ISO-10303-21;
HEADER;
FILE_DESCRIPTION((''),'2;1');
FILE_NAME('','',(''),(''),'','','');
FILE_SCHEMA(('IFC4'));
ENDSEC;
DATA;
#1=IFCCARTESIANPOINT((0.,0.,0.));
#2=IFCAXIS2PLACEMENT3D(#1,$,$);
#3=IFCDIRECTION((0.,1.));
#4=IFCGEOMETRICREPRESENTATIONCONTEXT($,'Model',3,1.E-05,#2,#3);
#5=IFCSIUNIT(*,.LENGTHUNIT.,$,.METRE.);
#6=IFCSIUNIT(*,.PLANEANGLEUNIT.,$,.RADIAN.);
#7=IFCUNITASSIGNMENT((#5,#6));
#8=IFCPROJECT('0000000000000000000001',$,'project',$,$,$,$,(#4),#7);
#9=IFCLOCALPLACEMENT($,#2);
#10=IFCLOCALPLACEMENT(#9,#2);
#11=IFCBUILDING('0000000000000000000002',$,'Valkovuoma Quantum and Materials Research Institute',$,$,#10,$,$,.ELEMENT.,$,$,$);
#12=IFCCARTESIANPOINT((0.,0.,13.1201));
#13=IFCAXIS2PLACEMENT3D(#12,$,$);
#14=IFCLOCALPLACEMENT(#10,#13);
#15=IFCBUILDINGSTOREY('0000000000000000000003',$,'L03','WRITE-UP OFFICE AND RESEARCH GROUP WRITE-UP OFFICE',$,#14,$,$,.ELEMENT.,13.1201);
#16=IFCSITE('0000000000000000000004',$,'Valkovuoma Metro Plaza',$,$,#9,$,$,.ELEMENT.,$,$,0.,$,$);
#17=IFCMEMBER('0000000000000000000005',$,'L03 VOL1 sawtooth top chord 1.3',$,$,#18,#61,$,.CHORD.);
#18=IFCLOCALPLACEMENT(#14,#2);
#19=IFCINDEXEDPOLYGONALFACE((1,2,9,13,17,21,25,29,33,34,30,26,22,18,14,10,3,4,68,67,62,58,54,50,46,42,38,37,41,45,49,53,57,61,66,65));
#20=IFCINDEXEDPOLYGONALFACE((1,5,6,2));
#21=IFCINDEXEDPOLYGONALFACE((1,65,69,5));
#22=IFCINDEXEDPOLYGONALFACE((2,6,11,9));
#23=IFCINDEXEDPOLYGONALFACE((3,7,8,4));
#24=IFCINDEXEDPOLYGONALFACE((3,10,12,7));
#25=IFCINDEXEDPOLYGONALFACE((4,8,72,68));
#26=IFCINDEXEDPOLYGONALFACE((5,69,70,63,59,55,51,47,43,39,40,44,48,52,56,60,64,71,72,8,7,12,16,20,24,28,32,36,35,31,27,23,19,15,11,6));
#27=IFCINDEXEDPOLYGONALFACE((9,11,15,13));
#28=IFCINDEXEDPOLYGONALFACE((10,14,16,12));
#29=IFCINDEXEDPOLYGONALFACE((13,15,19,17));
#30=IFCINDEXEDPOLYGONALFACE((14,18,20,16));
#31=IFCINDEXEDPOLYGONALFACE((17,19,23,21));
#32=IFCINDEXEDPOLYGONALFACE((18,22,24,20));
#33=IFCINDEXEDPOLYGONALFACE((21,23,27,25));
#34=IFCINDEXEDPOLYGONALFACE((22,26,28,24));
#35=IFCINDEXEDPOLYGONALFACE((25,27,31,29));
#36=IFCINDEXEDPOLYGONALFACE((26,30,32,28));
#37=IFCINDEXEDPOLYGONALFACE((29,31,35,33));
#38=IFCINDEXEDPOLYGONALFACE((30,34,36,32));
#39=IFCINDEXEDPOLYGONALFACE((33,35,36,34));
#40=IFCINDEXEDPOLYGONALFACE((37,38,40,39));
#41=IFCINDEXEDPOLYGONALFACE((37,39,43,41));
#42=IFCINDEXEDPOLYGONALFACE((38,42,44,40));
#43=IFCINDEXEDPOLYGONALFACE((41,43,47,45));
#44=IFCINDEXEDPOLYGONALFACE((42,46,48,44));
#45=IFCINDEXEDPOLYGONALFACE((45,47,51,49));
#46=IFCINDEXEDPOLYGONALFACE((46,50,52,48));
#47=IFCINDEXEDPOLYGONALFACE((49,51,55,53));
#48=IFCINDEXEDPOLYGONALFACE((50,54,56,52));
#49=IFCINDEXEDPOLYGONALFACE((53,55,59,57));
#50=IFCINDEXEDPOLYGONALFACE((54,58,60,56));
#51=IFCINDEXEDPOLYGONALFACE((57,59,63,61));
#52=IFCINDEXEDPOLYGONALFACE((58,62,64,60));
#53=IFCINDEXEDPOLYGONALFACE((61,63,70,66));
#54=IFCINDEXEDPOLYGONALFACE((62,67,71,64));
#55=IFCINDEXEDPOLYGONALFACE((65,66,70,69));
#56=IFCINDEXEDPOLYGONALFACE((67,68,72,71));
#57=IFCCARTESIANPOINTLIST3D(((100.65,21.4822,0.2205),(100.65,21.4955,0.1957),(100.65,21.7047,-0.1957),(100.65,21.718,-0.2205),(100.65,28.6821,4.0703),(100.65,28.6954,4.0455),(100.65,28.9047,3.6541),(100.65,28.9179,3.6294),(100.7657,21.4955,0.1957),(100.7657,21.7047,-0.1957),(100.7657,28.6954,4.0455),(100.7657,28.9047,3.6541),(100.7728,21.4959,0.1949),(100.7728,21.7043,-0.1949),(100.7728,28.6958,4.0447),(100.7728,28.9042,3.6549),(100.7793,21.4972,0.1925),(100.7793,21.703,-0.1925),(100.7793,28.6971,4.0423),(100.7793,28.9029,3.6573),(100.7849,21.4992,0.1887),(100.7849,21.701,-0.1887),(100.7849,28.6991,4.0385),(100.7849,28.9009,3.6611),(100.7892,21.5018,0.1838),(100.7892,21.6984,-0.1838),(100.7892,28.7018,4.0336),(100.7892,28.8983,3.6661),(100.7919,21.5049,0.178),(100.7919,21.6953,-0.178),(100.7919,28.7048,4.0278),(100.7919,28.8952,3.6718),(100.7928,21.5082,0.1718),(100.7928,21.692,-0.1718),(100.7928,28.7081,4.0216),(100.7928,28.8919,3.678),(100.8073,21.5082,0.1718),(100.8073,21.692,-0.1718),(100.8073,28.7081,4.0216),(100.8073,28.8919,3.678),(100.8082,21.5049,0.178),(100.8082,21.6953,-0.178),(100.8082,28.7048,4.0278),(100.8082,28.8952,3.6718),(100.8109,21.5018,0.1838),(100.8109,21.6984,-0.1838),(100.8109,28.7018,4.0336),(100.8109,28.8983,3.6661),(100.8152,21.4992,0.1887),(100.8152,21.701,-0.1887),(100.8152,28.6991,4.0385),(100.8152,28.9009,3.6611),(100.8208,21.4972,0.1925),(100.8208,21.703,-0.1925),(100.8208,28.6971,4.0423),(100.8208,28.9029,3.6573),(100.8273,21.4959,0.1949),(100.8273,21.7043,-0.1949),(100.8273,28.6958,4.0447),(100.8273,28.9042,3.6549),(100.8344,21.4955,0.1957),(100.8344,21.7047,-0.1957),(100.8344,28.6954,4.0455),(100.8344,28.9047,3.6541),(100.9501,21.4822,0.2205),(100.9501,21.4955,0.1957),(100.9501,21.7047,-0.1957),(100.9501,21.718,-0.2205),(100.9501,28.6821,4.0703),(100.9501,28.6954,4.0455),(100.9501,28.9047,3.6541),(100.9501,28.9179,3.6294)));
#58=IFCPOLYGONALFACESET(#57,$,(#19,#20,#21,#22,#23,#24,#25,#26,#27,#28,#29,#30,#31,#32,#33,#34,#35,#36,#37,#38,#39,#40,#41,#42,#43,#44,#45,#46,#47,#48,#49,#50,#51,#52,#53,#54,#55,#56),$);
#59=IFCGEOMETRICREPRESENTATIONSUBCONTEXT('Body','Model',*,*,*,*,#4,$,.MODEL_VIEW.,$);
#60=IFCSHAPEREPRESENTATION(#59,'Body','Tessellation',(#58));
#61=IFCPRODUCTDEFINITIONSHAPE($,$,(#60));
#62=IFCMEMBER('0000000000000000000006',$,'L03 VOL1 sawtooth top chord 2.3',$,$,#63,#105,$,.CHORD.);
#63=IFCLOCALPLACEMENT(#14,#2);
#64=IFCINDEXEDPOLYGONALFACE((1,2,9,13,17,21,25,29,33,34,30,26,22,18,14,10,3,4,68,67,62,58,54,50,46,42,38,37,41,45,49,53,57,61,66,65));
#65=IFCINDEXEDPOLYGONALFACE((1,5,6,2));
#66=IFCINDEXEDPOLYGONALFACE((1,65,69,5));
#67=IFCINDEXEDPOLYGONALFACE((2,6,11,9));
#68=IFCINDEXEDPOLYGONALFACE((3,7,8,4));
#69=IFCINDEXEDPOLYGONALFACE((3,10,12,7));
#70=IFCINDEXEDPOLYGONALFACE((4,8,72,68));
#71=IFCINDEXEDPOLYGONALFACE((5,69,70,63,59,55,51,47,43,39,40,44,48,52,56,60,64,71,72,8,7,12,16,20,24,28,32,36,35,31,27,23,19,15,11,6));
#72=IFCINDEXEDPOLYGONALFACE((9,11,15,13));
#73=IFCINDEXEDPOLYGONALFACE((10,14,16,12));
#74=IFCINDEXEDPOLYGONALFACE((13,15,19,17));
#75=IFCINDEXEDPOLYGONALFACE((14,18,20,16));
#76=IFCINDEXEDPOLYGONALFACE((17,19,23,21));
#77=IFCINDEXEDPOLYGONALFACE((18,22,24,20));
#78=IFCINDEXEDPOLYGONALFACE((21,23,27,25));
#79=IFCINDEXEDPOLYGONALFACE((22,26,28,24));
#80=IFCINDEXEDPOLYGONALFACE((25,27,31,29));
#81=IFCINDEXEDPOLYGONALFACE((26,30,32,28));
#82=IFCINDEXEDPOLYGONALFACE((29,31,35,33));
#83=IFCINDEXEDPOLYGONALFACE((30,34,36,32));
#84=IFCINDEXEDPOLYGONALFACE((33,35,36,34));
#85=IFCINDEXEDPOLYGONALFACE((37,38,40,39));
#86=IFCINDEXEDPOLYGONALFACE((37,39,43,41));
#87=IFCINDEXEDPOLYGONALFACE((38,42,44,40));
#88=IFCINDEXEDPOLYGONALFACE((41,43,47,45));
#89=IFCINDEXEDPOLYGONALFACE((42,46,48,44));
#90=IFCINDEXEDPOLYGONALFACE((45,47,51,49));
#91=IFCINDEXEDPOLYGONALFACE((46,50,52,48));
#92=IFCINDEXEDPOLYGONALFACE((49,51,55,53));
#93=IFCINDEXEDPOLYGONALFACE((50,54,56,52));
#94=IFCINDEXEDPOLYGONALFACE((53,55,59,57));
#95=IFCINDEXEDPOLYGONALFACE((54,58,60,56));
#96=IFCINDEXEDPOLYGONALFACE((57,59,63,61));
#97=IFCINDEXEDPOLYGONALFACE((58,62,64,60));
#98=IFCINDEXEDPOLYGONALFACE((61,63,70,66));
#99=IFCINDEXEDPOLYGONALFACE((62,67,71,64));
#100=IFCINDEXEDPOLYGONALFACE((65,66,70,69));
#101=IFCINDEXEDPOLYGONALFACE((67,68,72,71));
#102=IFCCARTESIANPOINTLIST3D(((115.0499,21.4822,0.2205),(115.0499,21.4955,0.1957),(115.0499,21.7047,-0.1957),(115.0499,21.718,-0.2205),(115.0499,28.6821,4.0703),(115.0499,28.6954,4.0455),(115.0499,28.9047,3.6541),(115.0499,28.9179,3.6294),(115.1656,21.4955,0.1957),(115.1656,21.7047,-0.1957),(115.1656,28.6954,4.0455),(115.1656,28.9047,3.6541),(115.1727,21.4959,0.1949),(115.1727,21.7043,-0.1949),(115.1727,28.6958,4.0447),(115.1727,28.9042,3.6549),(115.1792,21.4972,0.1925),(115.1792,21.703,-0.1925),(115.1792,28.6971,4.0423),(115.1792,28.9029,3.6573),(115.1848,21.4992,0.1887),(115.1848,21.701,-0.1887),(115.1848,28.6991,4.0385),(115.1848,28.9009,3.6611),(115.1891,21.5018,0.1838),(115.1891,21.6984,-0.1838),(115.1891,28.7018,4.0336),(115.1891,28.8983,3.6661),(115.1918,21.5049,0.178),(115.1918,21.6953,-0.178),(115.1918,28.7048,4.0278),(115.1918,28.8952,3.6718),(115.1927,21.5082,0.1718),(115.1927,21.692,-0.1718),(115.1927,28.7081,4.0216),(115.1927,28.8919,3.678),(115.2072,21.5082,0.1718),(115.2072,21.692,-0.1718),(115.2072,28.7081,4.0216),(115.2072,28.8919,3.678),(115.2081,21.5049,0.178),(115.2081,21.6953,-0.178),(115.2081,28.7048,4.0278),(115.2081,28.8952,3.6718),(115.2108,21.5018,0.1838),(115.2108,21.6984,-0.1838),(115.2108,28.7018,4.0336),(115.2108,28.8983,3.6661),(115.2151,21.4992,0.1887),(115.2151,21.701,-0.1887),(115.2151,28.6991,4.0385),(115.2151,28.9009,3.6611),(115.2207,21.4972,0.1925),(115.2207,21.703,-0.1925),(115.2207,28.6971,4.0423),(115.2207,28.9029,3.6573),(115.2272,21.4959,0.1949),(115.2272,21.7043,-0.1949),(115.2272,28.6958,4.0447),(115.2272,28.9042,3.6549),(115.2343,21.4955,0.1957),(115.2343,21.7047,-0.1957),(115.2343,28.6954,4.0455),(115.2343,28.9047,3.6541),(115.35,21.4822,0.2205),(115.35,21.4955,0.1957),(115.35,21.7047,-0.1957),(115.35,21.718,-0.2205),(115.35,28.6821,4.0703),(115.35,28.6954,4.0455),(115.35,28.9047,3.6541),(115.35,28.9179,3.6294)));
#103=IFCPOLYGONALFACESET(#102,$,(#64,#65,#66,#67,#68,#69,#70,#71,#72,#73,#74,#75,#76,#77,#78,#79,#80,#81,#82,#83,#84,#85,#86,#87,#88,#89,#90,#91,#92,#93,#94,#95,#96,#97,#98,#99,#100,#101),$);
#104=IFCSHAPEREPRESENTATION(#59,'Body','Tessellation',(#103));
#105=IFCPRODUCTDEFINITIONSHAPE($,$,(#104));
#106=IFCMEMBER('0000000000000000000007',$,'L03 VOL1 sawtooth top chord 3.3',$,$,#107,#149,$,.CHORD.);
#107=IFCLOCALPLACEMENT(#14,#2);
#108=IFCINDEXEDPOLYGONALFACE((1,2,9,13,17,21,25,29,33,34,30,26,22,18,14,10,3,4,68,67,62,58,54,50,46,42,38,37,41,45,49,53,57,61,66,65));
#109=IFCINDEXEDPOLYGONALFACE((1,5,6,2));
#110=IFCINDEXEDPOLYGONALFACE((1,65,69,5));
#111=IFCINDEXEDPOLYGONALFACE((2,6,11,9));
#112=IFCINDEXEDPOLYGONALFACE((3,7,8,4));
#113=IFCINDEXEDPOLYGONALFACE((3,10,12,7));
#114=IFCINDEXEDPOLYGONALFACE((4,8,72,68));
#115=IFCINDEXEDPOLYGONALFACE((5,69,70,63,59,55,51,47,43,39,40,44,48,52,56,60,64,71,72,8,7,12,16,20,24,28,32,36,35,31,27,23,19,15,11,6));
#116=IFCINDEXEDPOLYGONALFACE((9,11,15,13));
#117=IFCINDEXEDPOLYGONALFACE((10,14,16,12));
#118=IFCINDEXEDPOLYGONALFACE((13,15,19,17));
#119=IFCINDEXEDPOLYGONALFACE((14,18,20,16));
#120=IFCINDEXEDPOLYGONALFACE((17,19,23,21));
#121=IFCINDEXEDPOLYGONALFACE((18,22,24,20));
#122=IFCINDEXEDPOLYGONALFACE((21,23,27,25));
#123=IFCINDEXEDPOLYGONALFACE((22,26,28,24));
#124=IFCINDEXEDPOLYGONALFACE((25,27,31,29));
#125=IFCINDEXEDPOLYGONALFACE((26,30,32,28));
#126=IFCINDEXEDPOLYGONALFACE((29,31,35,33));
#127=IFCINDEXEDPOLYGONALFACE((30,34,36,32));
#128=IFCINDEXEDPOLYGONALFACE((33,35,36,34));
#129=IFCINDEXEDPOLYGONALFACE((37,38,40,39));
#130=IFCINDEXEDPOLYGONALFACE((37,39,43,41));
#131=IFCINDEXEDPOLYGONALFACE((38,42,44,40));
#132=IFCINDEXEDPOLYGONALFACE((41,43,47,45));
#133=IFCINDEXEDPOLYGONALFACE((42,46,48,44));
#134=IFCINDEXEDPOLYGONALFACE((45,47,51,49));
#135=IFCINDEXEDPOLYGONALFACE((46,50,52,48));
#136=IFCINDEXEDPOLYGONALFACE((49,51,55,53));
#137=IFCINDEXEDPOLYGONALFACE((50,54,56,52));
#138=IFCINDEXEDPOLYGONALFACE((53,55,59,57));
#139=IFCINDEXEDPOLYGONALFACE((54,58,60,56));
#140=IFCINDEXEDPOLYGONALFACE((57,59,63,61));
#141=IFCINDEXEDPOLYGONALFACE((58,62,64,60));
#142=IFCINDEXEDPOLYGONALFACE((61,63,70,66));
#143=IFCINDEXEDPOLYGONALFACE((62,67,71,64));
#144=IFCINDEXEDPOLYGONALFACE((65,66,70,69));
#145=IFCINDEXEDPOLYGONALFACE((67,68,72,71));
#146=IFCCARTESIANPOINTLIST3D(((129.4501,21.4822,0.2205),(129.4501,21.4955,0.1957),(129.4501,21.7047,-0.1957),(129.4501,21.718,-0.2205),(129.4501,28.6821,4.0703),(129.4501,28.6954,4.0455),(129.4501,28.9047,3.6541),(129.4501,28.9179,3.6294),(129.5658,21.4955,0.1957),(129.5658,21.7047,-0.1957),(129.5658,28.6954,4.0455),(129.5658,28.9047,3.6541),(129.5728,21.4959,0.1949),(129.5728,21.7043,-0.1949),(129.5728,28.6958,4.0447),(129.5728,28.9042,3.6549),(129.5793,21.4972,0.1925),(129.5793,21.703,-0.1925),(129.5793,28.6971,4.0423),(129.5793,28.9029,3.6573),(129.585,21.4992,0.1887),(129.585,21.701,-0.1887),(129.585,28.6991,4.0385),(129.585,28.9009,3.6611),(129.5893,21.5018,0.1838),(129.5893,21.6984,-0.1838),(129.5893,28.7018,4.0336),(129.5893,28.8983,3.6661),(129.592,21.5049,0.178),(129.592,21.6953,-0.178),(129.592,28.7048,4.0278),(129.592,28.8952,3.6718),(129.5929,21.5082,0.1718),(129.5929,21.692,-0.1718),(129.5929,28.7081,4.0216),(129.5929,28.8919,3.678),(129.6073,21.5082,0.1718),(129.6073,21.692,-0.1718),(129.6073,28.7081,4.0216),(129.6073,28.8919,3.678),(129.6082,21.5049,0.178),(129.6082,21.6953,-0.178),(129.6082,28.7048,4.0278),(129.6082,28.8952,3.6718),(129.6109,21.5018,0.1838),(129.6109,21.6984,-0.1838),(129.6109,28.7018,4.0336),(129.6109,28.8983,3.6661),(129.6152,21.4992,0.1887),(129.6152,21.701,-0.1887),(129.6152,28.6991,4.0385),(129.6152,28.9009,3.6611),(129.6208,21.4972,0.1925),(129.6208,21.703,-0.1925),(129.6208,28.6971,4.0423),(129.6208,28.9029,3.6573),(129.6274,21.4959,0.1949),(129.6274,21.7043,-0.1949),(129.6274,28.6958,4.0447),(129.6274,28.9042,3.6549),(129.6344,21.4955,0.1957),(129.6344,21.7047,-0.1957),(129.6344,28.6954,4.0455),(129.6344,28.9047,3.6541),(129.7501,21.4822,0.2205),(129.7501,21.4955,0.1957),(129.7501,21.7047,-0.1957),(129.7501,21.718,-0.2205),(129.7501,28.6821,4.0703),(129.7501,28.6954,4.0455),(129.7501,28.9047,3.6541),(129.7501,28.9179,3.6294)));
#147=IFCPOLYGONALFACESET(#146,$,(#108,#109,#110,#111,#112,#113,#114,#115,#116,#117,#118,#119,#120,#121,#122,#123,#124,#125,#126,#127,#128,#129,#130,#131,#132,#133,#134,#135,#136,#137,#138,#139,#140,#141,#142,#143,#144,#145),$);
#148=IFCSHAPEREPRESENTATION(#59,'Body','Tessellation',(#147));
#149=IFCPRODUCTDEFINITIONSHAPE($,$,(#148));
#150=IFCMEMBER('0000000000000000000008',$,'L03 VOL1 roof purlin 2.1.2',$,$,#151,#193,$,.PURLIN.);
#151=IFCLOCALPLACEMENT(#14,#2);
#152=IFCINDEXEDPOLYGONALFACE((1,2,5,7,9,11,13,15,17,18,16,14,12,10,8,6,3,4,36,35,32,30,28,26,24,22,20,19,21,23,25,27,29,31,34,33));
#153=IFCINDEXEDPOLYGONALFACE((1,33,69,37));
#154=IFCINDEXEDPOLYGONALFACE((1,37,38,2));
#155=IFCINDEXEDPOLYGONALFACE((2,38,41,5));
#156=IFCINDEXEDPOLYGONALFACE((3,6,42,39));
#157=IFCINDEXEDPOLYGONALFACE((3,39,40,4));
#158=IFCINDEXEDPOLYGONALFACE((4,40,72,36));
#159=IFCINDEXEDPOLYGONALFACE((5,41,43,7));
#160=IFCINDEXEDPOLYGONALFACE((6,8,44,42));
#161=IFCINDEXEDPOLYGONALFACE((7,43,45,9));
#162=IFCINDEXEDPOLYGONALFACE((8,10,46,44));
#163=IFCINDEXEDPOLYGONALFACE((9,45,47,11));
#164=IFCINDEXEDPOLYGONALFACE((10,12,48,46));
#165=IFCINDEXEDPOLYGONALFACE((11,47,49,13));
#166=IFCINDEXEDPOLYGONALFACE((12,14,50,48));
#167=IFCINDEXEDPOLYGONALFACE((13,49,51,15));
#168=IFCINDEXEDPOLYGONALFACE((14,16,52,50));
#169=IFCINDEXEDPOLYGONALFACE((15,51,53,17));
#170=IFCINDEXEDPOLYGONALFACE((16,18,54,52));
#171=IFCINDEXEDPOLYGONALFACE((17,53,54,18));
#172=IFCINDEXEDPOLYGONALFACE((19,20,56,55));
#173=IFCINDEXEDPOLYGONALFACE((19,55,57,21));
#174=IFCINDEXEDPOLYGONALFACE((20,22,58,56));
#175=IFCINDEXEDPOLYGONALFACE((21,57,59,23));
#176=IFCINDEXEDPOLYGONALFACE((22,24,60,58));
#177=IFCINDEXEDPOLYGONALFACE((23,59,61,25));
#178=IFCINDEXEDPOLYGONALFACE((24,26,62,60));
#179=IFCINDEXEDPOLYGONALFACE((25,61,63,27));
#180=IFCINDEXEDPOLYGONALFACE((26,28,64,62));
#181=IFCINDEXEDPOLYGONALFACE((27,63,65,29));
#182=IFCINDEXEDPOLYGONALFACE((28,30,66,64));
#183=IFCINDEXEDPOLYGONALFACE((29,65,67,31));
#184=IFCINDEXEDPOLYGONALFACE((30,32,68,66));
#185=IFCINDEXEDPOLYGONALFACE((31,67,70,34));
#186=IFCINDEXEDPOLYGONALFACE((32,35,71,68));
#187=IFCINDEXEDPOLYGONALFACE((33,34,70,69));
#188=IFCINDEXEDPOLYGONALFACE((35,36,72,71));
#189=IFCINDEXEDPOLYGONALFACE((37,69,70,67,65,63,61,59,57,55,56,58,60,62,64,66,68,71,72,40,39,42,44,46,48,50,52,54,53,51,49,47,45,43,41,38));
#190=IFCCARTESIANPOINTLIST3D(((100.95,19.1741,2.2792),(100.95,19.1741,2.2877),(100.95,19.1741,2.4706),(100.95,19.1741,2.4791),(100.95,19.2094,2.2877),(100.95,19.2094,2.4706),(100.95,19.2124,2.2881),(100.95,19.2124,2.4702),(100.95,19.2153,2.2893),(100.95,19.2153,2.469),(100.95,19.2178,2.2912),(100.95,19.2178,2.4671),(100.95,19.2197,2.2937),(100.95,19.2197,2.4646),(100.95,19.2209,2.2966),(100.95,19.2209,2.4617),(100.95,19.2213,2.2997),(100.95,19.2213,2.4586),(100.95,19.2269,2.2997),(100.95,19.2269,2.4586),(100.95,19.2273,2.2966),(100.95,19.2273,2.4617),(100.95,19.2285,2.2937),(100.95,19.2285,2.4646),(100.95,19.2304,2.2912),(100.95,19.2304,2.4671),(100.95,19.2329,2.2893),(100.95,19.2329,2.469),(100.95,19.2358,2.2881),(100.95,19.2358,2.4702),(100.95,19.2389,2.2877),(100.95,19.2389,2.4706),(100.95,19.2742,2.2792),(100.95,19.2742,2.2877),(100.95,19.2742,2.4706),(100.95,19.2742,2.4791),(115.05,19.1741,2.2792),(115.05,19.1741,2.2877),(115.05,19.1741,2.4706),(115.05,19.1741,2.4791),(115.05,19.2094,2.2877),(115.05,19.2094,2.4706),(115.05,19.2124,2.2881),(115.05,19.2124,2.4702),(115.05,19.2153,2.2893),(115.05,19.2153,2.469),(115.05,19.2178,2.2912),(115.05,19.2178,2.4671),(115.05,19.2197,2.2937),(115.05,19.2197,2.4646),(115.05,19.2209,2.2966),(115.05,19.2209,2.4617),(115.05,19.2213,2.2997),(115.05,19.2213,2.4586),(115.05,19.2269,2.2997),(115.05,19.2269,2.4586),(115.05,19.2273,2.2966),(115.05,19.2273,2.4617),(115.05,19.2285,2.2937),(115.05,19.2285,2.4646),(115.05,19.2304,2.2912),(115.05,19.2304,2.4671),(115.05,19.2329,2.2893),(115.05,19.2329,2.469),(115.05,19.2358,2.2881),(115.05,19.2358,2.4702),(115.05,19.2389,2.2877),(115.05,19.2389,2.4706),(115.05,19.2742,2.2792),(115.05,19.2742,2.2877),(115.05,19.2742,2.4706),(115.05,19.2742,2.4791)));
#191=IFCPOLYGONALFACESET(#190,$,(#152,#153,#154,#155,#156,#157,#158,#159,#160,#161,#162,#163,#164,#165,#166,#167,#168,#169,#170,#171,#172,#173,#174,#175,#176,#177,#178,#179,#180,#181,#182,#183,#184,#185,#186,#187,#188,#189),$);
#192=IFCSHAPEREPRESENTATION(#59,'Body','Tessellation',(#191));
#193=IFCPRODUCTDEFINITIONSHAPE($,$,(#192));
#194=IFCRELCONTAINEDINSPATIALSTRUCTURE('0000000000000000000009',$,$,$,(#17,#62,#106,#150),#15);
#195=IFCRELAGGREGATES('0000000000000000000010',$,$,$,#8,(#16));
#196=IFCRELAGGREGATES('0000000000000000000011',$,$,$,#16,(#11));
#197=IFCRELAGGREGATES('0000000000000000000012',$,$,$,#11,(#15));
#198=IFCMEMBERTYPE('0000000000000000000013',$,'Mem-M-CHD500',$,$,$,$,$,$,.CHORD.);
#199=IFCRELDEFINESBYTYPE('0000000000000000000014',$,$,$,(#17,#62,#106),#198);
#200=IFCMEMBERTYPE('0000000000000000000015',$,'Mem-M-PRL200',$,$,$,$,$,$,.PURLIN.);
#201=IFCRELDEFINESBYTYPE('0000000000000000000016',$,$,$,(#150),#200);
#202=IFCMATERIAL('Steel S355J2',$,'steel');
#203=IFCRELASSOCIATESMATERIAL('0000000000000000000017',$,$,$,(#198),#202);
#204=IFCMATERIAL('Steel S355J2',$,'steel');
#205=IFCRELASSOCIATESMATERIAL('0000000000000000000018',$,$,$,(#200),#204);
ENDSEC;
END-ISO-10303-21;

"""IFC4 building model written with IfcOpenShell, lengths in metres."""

from ifc_helpers import new_model, si_unit, direction, frame, origin, origin_2d, place, context, subcontext, project, spatial, i_section, extrude, material, material_profile, profile_set, type_object, element, save


model = new_model("IFC4")

# Units and contexts
model_context = context("Model", 3, precision=1e-05, world=origin(), true_north=direction((0.0, 1.0)))
body_context = subcontext(model_context, "Body", "Model", "MODEL_VIEW")
ifc_project = project(units=[si_unit("LENGTHUNIT", "METRE"), si_unit("PLANEANGLEUNIT", "RADIAN")], contexts=[model_context])

# Site, building, storey
site_placement = place(None, origin())
site = spatial("IfcSite", under=ifc_project, at=site_placement, Name="Valkovuoma Metro Plaza", CompositionType="ELEMENT", RefElevation=0.0)
building_placement = place(site_placement, origin())
building = spatial("IfcBuilding", under=site, at=building_placement, Name="Valkovuoma Quantum and Materials Research Institute", CompositionType="ELEMENT")
storey_placement = place(building_placement, frame((0.0, 0.0, 13.1201)))
storey = spatial("IfcBuildingStorey", under=building, at=storey_placement, Name="L03", Description="WRITE-UP OFFICE AND RESEARCH GROUP WRITE-UP OFFICE", CompositionType="ELEMENT", Elevation=13.1201)

# Members
ifc_material_1 = material(Name="Steel S355J2", Category="steel")
ifc_material_profile_1 = material_profile(ifc_material_1, i_section(OverallWidth=0.3, OverallDepth=0.5, WebThickness=0.0144, FlangeThickness=0.0281, FilletRadius=0.0271, at=origin_2d()), Name="Steel S355J2")
ifc_profile_set_1 = profile_set([ifc_material_profile_1], Name="Steel S355J2")
member_type_1 = type_object("IfcMemberType", Name="Mem-M-CHD500", PredefinedType="CHORD", material=ifc_profile_set_1)
for number, where, z_axis, x_axis, name in (
    (1, (100.8, 21.6001, 0.0), (0.0, 0.88185, 0.47153), (-1.0, 0.0, 0.0), "L03 VOL1 sawtooth top chord 1.3"),
    (2, (115.2, 21.6001, 0.0), (0.0, 0.88185, 0.47153), (-1.0, 0.0, 0.0), "L03 VOL1 sawtooth top chord 2.3"),
    (3, (129.6001, 21.6001, 0.0), (0.0, 0.88185, 0.47153), (-1.0, 0.0, 0.0), "L03 VOL1 sawtooth top chord 3.3"),
):
    element("IfcMember", number, at=place(storey_placement, frame(where, z_axis=z_axis, x_axis=x_axis)), inside=storey, type_object=member_type_1, Name=name, PredefinedType="CHORD", context=body_context, shape_type="SweptSolid", body=[
        extrude(i_section(OverallWidth=0.3, OverallDepth=0.5, WebThickness=0.0144, FlangeThickness=0.0281, FilletRadius=0.0271, at=origin_2d()), origin(), (0.0, 0.0, 1.0), 8.1646),
    ])
ifc_material_2 = material(Name="Steel S355J2", Category="steel")
ifc_material_profile_2 = material_profile(ifc_material_2, i_section(OverallWidth=0.1001, OverallDepth=0.2, WebThickness=0.0056, FlangeThickness=0.0085, FilletRadius=0.012, at=origin_2d()), Name="Steel S355J2")
ifc_profile_set_2 = profile_set([ifc_material_profile_2], Name="Steel S355J2")
member_type_2 = type_object("IfcMemberType", Name="Mem-M-PRL200", PredefinedType="PURLIN", material=ifc_profile_set_2)
member_1_placement = place(storey_placement, frame((100.95, 19.2241, 2.3792), z_axis=(1.0, 0.0, 0.0), x_axis=(0.0, 1.0, 0.0)))
element("IfcMember", 4, at=member_1_placement, inside=storey, type_object=member_type_2, Name="L03 VOL1 roof purlin 2.1.2", PredefinedType="PURLIN", context=body_context, shape_type="SweptSolid", body=[
    extrude(i_section(OverallWidth=0.1001, OverallDepth=0.2, WebThickness=0.0056, FlangeThickness=0.0085, FilletRadius=0.012, at=origin_2d()), origin(), (0.0, 0.0, 1.0), 14.1001),
])

save(model, "model.ifc")
